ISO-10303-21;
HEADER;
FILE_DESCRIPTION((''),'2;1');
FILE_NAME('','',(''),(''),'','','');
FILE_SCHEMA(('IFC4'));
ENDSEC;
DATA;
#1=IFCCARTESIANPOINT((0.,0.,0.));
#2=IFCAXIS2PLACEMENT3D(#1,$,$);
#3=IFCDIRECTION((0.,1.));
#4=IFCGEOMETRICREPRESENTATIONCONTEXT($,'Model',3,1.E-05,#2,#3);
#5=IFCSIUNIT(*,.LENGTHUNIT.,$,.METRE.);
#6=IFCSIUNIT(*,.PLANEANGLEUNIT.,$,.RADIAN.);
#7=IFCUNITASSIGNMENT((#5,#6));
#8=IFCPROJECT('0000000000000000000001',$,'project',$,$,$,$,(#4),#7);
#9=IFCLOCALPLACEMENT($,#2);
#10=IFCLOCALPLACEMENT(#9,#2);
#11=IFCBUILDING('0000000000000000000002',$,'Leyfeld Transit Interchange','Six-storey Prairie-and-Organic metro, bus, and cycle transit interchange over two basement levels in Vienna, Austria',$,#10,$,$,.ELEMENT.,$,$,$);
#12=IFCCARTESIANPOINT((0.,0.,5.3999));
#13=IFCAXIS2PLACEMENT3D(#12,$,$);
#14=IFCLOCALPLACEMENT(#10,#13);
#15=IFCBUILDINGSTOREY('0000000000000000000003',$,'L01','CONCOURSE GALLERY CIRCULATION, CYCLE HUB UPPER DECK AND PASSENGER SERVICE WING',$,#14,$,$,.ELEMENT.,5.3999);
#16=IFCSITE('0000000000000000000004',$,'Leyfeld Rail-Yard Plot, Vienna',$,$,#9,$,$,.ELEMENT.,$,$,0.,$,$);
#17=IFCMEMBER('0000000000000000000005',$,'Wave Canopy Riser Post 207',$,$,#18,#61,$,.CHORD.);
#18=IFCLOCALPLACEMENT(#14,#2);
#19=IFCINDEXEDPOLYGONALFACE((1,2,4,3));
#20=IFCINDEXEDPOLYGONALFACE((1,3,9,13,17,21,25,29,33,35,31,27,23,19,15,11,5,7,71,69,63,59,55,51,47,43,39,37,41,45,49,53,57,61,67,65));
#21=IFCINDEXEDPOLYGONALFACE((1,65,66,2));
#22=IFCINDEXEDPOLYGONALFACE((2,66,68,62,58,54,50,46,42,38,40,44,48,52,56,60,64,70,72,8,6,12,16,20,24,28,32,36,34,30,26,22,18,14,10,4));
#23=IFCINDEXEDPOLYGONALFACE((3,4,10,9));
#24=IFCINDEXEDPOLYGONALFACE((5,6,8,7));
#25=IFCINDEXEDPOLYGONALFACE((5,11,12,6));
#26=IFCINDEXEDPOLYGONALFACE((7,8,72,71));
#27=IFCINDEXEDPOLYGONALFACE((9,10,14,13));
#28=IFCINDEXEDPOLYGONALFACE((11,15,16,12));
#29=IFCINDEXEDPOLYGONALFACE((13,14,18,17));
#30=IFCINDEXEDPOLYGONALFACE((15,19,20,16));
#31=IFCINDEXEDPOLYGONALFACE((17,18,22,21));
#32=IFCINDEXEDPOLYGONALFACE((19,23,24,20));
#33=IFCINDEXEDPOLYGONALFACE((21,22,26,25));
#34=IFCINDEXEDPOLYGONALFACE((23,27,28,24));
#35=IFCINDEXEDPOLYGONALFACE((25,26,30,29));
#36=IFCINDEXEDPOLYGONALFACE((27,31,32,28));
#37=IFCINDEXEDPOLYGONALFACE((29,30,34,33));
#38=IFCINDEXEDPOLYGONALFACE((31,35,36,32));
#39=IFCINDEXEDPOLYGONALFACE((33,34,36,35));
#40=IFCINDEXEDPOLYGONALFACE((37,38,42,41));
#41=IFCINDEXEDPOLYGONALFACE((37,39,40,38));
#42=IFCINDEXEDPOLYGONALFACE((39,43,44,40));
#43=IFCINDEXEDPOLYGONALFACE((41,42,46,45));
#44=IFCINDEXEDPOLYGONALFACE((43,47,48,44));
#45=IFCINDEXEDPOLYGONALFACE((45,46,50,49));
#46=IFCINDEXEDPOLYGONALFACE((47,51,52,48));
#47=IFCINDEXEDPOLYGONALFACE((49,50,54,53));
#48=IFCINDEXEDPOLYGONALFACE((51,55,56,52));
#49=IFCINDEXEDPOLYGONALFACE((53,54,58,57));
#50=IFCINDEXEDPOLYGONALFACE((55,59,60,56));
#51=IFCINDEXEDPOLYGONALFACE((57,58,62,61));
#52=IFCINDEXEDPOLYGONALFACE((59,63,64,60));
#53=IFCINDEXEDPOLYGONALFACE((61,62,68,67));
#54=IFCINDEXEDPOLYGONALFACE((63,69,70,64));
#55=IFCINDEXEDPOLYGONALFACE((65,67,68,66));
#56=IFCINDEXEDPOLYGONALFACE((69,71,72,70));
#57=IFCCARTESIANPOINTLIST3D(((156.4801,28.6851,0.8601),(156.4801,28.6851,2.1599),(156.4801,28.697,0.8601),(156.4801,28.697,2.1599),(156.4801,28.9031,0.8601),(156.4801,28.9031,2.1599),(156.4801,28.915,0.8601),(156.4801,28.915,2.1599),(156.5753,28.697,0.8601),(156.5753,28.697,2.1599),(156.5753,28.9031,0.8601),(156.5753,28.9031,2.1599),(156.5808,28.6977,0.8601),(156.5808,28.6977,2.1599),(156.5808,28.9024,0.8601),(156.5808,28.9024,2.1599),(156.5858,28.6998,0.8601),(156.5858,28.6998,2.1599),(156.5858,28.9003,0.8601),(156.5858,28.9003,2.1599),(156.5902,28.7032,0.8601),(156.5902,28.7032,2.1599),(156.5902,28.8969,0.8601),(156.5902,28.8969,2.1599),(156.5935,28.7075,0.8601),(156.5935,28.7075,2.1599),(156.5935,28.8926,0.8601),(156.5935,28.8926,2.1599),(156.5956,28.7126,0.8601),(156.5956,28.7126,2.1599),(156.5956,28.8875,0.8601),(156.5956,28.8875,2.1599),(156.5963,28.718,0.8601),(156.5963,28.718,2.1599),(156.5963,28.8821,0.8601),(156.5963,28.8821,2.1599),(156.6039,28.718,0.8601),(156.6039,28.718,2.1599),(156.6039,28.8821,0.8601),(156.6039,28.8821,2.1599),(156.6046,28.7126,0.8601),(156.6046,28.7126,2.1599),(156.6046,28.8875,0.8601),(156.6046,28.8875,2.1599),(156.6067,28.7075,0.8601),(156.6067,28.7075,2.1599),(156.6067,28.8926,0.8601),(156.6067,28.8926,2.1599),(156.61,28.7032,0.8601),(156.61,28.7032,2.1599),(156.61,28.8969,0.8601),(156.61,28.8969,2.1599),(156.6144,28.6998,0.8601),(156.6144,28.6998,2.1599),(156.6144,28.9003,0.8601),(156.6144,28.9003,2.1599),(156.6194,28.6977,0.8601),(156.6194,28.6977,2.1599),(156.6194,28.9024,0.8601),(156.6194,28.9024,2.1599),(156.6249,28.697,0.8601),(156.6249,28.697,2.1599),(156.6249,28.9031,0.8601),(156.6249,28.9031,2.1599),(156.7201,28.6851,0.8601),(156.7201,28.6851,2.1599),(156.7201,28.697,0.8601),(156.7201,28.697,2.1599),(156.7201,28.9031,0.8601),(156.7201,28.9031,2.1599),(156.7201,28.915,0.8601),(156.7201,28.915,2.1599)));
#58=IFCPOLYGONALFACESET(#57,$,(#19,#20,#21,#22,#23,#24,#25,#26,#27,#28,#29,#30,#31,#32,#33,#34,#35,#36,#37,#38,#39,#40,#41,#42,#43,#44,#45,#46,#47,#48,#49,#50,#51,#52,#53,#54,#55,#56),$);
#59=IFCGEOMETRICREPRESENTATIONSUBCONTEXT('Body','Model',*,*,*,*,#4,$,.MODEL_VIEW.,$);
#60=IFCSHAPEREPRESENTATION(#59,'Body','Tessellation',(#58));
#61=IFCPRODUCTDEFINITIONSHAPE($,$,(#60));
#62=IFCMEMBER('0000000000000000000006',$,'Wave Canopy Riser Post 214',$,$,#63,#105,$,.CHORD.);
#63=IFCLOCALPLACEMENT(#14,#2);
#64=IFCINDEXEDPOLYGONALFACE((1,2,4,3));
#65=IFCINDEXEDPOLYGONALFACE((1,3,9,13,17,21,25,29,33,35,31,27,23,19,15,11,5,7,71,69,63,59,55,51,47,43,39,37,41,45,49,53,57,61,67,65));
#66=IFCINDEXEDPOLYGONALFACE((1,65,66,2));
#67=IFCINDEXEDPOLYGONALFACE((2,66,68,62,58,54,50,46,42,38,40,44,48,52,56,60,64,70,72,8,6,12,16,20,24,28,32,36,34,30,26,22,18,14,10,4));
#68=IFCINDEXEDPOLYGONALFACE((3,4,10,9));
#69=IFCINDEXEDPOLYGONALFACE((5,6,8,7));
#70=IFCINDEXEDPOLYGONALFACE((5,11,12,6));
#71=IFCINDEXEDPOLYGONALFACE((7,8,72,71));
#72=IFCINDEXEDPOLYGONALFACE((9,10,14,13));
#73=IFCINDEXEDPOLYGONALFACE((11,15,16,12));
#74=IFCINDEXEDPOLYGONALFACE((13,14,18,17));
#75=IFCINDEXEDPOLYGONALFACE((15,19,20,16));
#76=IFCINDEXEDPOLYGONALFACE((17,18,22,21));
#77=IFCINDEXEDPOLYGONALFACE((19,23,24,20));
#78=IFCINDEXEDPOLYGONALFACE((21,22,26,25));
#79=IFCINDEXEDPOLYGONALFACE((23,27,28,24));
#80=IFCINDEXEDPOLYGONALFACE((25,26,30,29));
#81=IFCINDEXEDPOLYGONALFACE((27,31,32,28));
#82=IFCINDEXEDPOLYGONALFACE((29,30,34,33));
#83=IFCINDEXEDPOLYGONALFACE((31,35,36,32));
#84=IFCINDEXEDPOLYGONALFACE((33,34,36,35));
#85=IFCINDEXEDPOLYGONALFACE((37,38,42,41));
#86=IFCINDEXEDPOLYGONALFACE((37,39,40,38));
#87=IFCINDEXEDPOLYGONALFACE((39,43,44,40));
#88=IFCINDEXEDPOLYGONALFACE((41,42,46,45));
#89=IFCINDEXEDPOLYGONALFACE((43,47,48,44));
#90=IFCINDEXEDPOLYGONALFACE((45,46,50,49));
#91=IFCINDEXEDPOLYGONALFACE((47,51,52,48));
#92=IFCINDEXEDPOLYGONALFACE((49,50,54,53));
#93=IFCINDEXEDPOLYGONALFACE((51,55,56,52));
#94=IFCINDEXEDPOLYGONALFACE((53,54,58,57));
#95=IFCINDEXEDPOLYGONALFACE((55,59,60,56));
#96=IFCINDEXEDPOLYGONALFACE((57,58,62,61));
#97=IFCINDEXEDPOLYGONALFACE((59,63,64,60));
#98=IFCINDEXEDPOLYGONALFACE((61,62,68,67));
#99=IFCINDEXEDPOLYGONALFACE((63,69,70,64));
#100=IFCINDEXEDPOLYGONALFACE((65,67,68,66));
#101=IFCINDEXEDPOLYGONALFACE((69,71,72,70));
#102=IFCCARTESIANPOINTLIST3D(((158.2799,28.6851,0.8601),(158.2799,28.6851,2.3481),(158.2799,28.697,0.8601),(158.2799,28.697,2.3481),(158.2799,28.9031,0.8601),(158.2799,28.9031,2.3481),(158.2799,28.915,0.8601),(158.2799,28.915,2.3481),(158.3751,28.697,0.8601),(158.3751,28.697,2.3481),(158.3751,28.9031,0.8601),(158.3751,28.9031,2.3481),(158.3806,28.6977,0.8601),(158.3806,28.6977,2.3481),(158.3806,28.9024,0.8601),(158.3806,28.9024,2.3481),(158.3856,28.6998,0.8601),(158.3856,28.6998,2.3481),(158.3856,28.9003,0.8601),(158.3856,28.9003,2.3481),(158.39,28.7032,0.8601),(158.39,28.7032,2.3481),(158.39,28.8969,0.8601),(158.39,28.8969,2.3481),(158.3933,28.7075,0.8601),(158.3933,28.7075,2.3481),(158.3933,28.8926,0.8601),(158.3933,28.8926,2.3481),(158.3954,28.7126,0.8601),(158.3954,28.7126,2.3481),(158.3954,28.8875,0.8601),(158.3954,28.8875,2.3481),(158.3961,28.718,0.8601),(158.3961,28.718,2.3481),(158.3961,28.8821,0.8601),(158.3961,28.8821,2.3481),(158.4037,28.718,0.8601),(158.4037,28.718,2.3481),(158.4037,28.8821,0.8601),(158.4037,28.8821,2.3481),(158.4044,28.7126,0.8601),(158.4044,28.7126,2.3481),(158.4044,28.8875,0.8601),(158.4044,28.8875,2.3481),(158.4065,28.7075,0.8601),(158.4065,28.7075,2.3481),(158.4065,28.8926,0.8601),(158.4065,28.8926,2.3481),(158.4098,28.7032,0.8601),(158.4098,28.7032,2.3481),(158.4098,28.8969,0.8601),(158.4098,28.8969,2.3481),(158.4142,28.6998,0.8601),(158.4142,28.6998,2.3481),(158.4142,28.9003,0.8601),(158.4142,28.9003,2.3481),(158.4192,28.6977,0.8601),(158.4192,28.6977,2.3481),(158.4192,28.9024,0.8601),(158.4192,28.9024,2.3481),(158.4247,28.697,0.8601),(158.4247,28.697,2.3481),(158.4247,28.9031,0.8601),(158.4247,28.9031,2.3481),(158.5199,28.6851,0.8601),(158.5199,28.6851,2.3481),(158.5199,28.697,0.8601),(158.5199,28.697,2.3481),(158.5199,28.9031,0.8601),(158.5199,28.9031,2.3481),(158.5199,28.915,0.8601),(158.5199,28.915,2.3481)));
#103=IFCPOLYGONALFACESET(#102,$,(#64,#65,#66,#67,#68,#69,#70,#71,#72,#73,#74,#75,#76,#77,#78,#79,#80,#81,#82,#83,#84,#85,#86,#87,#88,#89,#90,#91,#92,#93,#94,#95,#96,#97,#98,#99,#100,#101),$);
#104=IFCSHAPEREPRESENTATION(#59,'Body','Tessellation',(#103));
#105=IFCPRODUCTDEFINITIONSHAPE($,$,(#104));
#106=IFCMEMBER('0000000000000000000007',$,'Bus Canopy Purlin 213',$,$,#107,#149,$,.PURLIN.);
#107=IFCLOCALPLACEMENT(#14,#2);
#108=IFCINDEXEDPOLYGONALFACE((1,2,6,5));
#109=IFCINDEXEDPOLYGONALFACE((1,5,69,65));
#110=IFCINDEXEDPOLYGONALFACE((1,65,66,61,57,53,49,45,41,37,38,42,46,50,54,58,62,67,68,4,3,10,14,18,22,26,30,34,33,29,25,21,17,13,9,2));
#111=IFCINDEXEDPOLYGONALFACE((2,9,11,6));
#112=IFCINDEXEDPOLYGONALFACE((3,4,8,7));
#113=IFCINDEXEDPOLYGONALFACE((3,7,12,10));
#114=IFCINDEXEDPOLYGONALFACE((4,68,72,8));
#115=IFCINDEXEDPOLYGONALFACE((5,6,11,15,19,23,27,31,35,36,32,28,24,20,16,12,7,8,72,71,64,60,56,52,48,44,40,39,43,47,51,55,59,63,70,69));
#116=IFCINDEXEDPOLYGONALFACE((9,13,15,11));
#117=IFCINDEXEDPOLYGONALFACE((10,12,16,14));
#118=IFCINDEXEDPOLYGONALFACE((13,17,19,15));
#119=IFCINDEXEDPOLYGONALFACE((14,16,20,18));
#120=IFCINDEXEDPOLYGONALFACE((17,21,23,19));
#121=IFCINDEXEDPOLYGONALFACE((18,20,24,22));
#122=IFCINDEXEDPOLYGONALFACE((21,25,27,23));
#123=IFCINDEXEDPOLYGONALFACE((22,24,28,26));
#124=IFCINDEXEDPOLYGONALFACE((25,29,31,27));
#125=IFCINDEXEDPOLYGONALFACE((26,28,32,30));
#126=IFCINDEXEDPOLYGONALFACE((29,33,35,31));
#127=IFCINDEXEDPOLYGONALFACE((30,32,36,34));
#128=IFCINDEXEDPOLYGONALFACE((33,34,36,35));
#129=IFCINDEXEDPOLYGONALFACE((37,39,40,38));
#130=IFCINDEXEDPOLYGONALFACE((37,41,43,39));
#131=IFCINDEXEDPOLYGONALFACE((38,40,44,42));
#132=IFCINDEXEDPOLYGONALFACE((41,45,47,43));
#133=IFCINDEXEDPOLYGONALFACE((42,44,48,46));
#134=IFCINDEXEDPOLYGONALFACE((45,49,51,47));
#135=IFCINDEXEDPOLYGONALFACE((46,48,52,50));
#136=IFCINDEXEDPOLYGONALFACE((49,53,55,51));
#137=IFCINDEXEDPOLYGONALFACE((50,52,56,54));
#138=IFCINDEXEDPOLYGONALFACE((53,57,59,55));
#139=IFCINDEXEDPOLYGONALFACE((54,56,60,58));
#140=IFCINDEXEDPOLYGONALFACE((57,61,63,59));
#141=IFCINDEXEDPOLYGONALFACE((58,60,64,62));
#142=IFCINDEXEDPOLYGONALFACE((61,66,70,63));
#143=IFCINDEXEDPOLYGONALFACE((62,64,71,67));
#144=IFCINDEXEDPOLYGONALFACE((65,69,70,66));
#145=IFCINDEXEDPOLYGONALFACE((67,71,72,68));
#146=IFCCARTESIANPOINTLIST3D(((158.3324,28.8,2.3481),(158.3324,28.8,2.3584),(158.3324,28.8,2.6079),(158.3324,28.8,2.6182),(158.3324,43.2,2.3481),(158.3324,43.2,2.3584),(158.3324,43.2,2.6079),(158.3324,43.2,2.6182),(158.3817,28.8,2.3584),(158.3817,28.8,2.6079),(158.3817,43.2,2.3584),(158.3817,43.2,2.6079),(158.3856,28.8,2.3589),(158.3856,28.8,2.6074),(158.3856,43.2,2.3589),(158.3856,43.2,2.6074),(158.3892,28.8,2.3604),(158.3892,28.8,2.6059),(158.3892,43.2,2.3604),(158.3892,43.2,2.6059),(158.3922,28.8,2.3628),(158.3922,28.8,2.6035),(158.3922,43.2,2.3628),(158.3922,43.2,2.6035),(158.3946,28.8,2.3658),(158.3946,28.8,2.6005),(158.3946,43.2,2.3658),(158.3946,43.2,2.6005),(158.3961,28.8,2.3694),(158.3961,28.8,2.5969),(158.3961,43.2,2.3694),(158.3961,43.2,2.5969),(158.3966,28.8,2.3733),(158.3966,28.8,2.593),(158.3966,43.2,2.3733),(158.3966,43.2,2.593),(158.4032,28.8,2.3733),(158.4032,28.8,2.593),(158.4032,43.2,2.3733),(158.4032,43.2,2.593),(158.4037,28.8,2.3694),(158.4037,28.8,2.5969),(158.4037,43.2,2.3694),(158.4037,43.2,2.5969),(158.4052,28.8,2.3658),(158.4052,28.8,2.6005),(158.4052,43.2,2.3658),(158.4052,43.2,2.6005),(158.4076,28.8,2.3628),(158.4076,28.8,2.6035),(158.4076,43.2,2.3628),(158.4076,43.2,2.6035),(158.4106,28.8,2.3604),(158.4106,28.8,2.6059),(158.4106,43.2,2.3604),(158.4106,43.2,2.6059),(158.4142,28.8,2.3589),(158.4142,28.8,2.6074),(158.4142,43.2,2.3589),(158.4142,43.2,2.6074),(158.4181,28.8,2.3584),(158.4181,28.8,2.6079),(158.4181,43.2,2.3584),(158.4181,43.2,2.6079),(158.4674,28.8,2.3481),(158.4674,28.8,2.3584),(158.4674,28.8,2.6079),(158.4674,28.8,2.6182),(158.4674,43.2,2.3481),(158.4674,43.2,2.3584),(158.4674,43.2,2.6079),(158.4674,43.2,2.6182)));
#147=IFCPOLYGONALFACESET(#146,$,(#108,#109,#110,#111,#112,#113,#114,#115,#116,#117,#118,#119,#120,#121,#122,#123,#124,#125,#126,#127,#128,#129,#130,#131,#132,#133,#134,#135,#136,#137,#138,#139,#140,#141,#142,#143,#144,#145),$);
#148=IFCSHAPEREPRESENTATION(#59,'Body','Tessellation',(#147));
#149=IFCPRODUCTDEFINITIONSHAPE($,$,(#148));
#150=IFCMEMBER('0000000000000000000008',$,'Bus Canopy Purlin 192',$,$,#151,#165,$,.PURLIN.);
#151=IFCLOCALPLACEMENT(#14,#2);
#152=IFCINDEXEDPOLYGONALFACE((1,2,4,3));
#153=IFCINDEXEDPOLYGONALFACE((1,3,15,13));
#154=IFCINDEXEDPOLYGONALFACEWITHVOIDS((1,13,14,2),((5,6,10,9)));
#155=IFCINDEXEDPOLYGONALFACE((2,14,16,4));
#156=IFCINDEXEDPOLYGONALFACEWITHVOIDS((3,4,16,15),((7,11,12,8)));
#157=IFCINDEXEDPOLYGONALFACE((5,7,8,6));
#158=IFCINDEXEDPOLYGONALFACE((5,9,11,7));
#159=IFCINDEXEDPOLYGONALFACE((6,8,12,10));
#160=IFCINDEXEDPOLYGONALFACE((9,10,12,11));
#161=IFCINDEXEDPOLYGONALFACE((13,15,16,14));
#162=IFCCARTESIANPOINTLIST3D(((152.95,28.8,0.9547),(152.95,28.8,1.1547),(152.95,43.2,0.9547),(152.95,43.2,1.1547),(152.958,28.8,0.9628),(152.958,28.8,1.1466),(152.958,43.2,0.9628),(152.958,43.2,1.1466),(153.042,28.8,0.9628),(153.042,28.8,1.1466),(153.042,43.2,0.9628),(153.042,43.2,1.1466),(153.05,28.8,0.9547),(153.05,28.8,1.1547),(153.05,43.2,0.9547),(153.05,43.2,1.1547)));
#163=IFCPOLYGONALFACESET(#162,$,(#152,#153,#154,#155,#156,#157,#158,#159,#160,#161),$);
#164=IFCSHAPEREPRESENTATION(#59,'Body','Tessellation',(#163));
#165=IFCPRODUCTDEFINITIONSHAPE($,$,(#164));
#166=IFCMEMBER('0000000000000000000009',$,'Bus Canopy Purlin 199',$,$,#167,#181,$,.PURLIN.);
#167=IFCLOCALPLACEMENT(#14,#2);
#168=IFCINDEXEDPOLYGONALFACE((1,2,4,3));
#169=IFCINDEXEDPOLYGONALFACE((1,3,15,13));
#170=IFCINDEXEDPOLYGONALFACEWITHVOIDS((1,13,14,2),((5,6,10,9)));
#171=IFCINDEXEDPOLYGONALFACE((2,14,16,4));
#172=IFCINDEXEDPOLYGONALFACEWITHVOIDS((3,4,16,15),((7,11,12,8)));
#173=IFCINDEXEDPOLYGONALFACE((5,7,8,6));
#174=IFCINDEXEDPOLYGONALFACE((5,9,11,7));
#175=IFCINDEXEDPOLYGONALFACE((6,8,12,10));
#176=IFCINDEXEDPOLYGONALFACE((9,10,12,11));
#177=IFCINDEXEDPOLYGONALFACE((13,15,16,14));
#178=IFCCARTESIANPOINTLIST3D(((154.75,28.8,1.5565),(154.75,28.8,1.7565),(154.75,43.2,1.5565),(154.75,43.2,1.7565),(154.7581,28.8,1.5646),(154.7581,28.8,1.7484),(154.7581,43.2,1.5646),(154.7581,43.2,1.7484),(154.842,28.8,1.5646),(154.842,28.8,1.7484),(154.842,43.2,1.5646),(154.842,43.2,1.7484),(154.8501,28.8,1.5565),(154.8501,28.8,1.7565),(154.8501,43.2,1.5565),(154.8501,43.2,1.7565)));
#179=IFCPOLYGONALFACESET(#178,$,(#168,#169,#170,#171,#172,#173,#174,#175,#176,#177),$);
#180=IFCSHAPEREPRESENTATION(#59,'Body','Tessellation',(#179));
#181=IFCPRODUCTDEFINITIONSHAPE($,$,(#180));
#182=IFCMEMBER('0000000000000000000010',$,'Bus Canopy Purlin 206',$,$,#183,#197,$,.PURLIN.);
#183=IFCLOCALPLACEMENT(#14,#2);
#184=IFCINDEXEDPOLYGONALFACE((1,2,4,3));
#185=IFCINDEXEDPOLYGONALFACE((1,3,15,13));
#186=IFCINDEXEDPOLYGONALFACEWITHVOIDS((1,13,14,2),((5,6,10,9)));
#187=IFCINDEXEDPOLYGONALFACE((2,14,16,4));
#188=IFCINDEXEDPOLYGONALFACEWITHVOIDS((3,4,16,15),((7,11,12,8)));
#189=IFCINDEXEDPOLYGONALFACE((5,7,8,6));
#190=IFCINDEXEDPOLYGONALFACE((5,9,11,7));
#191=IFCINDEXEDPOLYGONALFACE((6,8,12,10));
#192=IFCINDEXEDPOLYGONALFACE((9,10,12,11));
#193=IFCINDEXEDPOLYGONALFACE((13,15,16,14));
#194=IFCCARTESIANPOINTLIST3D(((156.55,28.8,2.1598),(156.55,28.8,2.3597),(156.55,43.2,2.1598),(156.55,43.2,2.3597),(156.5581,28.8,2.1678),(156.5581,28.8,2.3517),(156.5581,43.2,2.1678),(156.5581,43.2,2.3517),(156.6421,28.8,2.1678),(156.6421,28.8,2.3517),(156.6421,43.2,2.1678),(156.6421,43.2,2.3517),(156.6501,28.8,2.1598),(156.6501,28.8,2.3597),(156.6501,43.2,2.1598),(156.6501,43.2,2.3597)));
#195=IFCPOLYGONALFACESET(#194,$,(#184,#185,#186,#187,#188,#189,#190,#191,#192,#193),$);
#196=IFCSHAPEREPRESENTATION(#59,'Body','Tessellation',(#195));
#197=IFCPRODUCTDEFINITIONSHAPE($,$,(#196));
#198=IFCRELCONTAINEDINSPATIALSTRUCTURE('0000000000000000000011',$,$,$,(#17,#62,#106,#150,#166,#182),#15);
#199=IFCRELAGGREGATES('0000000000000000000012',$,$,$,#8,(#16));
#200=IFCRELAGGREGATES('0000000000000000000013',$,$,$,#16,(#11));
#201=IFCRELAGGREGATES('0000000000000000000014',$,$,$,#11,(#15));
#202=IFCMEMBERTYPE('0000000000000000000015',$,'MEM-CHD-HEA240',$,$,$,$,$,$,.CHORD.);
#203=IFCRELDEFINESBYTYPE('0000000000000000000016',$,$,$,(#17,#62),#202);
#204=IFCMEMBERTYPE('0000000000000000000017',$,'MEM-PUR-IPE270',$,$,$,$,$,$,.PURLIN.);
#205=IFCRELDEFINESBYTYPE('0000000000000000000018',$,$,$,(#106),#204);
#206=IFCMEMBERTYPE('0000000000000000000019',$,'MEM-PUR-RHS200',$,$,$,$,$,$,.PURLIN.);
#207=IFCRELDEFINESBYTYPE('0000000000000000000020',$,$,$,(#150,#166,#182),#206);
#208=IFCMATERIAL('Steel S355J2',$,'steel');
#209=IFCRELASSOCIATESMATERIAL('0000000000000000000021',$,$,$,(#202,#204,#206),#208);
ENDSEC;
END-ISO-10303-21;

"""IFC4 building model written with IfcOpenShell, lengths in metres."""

from ifc_helpers import new_model, si_unit, direction, frame, origin, origin_2d, place, context, subcontext, project, spatial, hollow_rectangle, i_section, extrude, material, material_profile, profile_set, type_object, element, save


model = new_model("IFC4")

# Units and contexts
model_context = context("Model", 3, precision=1e-05, world=origin(), true_north=direction((0.0, 1.0)))
body_context = subcontext(model_context, "Body", "Model", "MODEL_VIEW")
ifc_project = project(units=[si_unit("LENGTHUNIT", "METRE"), si_unit("PLANEANGLEUNIT", "RADIAN")], contexts=[model_context])

# Site, building, storey
site_placement = place(None, origin())
site = spatial("IfcSite", under=ifc_project, at=site_placement, Name="Leyfeld Rail-Yard Plot, Vienna", CompositionType="ELEMENT", RefElevation=0.0)
building_placement = place(site_placement, origin())
building = spatial("IfcBuilding", under=site, at=building_placement, Name="Leyfeld Transit Interchange", Description="Six-storey Prairie-and-Organic metro, bus, and cycle transit interchange over two basement levels in Vienna, Austria", CompositionType="ELEMENT")
storey_placement = place(building_placement, frame((0.0, 0.0, 5.3999)))
storey = spatial("IfcBuildingStorey", under=building, at=storey_placement, Name="L01", Description="CONCOURSE GALLERY CIRCULATION, CYCLE HUB UPPER DECK AND PASSENGER SERVICE WING", CompositionType="ELEMENT", Elevation=5.3999)

# Shared definitions
ifc_material_1 = material(Name="Steel S355J2", Category="steel")

# Members
ifc_material_profile_1 = material_profile(ifc_material_1, i_section(OverallWidth=0.24, OverallDepth=0.23, WebThickness=0.0076, FlangeThickness=0.012, FilletRadius=0.021, at=origin_2d()), Name="HEA 240")
ifc_profile_set_1 = profile_set([ifc_material_profile_1], Name="Steel S355J2")
member_type_1 = type_object("IfcMemberType", Name="MEM-CHD-HEA240", PredefinedType="CHORD", material=ifc_profile_set_1)
member_1_placement = place(storey_placement, frame((156.6001, 28.8, 0.8601), z_axis=(0.0, 0.0, 1.0), x_axis=(1.0, 0.0, 0.0)))
element("IfcMember", 1, at=member_1_placement, inside=storey, type_object=member_type_1, Name="Wave Canopy Riser Post 207", PredefinedType="CHORD", context=body_context, shape_type="SweptSolid", body=[
    extrude(i_section(OverallWidth=0.24, OverallDepth=0.23, WebThickness=0.0076, FlangeThickness=0.012, FilletRadius=0.021, at=origin_2d()), origin(), (0.0, 0.0, 1.0), 1.2998),
])
member_2_placement = place(storey_placement, frame((158.3999, 28.8, 0.8601), z_axis=(0.0, 0.0, 1.0), x_axis=(1.0, 0.0, 0.0)))
element("IfcMember", 2, at=member_2_placement, inside=storey, type_object=member_type_1, Name="Wave Canopy Riser Post 214", PredefinedType="CHORD", context=body_context, shape_type="SweptSolid", body=[
    extrude(i_section(OverallWidth=0.24, OverallDepth=0.23, WebThickness=0.0076, FlangeThickness=0.012, FilletRadius=0.021, at=origin_2d()), origin(), (0.0, 0.0, 1.0), 1.488),
])
ifc_material_profile_2 = material_profile(ifc_material_1, i_section(OverallWidth=0.135, OverallDepth=0.27, WebThickness=0.0066, FlangeThickness=0.0103, FilletRadius=0.0149, at=origin_2d()), Name="IPE 270")
ifc_profile_set_2 = profile_set([ifc_material_profile_2], Name="Steel S355J2")
member_type_2 = type_object("IfcMemberType", Name="MEM-PUR-IPE270", PredefinedType="PURLIN", material=ifc_profile_set_2)
member_3_placement = place(storey_placement, frame((158.3999, 28.8, 2.4832), z_axis=(0.0, 1.0, 0.0), x_axis=(-1.0, 0.0, 0.0)))
element("IfcMember", 3, at=member_3_placement, inside=storey, type_object=member_type_2, Name="Bus Canopy Purlin 213", PredefinedType="PURLIN", context=body_context, shape_type="SweptSolid", body=[
    extrude(i_section(OverallWidth=0.135, OverallDepth=0.27, WebThickness=0.0066, FlangeThickness=0.0103, FilletRadius=0.0149, at=origin_2d()), origin(), (0.0, 0.0, 1.0), 14.3999),
])
ifc_material_profile_3 = material_profile(ifc_material_1, hollow_rectangle(XDim=0.1001, YDim=0.2, WallThickness=0.0081, at=origin_2d()), Name="RHS 200x100x8")
ifc_profile_set_3 = profile_set([ifc_material_profile_3], Name="Steel S355J2")
member_type_3 = type_object("IfcMemberType", Name="MEM-PUR-RHS200", PredefinedType="PURLIN", material=ifc_profile_set_3)
for number, where, z_axis, x_axis, name in (
    (4, (153.0, 28.8, 1.0547), (0.0, 1.0, 0.0), (-1.0, 0.0, 0.0), "Bus Canopy Purlin 192"),
    (5, (154.8, 28.8, 1.6565), (0.0, 1.0, 0.0), (-1.0, 0.0, 0.0), "Bus Canopy Purlin 199"),
    (6, (156.6001, 28.8, 2.2598), (0.0, 1.0, 0.0), (-1.0, 0.0, 0.0), "Bus Canopy Purlin 206"),
):
    element("IfcMember", number, at=place(storey_placement, frame(where, z_axis=z_axis, x_axis=x_axis)), inside=storey, type_object=member_type_3, Name=name, PredefinedType="PURLIN", context=body_context, shape_type="SweptSolid", body=[
        extrude(hollow_rectangle(XDim=0.1001, YDim=0.2, WallThickness=0.0081, at=origin_2d()), origin(), (0.0, 0.0, 1.0), 14.3999),
    ])

save(model, "model.ifc")
